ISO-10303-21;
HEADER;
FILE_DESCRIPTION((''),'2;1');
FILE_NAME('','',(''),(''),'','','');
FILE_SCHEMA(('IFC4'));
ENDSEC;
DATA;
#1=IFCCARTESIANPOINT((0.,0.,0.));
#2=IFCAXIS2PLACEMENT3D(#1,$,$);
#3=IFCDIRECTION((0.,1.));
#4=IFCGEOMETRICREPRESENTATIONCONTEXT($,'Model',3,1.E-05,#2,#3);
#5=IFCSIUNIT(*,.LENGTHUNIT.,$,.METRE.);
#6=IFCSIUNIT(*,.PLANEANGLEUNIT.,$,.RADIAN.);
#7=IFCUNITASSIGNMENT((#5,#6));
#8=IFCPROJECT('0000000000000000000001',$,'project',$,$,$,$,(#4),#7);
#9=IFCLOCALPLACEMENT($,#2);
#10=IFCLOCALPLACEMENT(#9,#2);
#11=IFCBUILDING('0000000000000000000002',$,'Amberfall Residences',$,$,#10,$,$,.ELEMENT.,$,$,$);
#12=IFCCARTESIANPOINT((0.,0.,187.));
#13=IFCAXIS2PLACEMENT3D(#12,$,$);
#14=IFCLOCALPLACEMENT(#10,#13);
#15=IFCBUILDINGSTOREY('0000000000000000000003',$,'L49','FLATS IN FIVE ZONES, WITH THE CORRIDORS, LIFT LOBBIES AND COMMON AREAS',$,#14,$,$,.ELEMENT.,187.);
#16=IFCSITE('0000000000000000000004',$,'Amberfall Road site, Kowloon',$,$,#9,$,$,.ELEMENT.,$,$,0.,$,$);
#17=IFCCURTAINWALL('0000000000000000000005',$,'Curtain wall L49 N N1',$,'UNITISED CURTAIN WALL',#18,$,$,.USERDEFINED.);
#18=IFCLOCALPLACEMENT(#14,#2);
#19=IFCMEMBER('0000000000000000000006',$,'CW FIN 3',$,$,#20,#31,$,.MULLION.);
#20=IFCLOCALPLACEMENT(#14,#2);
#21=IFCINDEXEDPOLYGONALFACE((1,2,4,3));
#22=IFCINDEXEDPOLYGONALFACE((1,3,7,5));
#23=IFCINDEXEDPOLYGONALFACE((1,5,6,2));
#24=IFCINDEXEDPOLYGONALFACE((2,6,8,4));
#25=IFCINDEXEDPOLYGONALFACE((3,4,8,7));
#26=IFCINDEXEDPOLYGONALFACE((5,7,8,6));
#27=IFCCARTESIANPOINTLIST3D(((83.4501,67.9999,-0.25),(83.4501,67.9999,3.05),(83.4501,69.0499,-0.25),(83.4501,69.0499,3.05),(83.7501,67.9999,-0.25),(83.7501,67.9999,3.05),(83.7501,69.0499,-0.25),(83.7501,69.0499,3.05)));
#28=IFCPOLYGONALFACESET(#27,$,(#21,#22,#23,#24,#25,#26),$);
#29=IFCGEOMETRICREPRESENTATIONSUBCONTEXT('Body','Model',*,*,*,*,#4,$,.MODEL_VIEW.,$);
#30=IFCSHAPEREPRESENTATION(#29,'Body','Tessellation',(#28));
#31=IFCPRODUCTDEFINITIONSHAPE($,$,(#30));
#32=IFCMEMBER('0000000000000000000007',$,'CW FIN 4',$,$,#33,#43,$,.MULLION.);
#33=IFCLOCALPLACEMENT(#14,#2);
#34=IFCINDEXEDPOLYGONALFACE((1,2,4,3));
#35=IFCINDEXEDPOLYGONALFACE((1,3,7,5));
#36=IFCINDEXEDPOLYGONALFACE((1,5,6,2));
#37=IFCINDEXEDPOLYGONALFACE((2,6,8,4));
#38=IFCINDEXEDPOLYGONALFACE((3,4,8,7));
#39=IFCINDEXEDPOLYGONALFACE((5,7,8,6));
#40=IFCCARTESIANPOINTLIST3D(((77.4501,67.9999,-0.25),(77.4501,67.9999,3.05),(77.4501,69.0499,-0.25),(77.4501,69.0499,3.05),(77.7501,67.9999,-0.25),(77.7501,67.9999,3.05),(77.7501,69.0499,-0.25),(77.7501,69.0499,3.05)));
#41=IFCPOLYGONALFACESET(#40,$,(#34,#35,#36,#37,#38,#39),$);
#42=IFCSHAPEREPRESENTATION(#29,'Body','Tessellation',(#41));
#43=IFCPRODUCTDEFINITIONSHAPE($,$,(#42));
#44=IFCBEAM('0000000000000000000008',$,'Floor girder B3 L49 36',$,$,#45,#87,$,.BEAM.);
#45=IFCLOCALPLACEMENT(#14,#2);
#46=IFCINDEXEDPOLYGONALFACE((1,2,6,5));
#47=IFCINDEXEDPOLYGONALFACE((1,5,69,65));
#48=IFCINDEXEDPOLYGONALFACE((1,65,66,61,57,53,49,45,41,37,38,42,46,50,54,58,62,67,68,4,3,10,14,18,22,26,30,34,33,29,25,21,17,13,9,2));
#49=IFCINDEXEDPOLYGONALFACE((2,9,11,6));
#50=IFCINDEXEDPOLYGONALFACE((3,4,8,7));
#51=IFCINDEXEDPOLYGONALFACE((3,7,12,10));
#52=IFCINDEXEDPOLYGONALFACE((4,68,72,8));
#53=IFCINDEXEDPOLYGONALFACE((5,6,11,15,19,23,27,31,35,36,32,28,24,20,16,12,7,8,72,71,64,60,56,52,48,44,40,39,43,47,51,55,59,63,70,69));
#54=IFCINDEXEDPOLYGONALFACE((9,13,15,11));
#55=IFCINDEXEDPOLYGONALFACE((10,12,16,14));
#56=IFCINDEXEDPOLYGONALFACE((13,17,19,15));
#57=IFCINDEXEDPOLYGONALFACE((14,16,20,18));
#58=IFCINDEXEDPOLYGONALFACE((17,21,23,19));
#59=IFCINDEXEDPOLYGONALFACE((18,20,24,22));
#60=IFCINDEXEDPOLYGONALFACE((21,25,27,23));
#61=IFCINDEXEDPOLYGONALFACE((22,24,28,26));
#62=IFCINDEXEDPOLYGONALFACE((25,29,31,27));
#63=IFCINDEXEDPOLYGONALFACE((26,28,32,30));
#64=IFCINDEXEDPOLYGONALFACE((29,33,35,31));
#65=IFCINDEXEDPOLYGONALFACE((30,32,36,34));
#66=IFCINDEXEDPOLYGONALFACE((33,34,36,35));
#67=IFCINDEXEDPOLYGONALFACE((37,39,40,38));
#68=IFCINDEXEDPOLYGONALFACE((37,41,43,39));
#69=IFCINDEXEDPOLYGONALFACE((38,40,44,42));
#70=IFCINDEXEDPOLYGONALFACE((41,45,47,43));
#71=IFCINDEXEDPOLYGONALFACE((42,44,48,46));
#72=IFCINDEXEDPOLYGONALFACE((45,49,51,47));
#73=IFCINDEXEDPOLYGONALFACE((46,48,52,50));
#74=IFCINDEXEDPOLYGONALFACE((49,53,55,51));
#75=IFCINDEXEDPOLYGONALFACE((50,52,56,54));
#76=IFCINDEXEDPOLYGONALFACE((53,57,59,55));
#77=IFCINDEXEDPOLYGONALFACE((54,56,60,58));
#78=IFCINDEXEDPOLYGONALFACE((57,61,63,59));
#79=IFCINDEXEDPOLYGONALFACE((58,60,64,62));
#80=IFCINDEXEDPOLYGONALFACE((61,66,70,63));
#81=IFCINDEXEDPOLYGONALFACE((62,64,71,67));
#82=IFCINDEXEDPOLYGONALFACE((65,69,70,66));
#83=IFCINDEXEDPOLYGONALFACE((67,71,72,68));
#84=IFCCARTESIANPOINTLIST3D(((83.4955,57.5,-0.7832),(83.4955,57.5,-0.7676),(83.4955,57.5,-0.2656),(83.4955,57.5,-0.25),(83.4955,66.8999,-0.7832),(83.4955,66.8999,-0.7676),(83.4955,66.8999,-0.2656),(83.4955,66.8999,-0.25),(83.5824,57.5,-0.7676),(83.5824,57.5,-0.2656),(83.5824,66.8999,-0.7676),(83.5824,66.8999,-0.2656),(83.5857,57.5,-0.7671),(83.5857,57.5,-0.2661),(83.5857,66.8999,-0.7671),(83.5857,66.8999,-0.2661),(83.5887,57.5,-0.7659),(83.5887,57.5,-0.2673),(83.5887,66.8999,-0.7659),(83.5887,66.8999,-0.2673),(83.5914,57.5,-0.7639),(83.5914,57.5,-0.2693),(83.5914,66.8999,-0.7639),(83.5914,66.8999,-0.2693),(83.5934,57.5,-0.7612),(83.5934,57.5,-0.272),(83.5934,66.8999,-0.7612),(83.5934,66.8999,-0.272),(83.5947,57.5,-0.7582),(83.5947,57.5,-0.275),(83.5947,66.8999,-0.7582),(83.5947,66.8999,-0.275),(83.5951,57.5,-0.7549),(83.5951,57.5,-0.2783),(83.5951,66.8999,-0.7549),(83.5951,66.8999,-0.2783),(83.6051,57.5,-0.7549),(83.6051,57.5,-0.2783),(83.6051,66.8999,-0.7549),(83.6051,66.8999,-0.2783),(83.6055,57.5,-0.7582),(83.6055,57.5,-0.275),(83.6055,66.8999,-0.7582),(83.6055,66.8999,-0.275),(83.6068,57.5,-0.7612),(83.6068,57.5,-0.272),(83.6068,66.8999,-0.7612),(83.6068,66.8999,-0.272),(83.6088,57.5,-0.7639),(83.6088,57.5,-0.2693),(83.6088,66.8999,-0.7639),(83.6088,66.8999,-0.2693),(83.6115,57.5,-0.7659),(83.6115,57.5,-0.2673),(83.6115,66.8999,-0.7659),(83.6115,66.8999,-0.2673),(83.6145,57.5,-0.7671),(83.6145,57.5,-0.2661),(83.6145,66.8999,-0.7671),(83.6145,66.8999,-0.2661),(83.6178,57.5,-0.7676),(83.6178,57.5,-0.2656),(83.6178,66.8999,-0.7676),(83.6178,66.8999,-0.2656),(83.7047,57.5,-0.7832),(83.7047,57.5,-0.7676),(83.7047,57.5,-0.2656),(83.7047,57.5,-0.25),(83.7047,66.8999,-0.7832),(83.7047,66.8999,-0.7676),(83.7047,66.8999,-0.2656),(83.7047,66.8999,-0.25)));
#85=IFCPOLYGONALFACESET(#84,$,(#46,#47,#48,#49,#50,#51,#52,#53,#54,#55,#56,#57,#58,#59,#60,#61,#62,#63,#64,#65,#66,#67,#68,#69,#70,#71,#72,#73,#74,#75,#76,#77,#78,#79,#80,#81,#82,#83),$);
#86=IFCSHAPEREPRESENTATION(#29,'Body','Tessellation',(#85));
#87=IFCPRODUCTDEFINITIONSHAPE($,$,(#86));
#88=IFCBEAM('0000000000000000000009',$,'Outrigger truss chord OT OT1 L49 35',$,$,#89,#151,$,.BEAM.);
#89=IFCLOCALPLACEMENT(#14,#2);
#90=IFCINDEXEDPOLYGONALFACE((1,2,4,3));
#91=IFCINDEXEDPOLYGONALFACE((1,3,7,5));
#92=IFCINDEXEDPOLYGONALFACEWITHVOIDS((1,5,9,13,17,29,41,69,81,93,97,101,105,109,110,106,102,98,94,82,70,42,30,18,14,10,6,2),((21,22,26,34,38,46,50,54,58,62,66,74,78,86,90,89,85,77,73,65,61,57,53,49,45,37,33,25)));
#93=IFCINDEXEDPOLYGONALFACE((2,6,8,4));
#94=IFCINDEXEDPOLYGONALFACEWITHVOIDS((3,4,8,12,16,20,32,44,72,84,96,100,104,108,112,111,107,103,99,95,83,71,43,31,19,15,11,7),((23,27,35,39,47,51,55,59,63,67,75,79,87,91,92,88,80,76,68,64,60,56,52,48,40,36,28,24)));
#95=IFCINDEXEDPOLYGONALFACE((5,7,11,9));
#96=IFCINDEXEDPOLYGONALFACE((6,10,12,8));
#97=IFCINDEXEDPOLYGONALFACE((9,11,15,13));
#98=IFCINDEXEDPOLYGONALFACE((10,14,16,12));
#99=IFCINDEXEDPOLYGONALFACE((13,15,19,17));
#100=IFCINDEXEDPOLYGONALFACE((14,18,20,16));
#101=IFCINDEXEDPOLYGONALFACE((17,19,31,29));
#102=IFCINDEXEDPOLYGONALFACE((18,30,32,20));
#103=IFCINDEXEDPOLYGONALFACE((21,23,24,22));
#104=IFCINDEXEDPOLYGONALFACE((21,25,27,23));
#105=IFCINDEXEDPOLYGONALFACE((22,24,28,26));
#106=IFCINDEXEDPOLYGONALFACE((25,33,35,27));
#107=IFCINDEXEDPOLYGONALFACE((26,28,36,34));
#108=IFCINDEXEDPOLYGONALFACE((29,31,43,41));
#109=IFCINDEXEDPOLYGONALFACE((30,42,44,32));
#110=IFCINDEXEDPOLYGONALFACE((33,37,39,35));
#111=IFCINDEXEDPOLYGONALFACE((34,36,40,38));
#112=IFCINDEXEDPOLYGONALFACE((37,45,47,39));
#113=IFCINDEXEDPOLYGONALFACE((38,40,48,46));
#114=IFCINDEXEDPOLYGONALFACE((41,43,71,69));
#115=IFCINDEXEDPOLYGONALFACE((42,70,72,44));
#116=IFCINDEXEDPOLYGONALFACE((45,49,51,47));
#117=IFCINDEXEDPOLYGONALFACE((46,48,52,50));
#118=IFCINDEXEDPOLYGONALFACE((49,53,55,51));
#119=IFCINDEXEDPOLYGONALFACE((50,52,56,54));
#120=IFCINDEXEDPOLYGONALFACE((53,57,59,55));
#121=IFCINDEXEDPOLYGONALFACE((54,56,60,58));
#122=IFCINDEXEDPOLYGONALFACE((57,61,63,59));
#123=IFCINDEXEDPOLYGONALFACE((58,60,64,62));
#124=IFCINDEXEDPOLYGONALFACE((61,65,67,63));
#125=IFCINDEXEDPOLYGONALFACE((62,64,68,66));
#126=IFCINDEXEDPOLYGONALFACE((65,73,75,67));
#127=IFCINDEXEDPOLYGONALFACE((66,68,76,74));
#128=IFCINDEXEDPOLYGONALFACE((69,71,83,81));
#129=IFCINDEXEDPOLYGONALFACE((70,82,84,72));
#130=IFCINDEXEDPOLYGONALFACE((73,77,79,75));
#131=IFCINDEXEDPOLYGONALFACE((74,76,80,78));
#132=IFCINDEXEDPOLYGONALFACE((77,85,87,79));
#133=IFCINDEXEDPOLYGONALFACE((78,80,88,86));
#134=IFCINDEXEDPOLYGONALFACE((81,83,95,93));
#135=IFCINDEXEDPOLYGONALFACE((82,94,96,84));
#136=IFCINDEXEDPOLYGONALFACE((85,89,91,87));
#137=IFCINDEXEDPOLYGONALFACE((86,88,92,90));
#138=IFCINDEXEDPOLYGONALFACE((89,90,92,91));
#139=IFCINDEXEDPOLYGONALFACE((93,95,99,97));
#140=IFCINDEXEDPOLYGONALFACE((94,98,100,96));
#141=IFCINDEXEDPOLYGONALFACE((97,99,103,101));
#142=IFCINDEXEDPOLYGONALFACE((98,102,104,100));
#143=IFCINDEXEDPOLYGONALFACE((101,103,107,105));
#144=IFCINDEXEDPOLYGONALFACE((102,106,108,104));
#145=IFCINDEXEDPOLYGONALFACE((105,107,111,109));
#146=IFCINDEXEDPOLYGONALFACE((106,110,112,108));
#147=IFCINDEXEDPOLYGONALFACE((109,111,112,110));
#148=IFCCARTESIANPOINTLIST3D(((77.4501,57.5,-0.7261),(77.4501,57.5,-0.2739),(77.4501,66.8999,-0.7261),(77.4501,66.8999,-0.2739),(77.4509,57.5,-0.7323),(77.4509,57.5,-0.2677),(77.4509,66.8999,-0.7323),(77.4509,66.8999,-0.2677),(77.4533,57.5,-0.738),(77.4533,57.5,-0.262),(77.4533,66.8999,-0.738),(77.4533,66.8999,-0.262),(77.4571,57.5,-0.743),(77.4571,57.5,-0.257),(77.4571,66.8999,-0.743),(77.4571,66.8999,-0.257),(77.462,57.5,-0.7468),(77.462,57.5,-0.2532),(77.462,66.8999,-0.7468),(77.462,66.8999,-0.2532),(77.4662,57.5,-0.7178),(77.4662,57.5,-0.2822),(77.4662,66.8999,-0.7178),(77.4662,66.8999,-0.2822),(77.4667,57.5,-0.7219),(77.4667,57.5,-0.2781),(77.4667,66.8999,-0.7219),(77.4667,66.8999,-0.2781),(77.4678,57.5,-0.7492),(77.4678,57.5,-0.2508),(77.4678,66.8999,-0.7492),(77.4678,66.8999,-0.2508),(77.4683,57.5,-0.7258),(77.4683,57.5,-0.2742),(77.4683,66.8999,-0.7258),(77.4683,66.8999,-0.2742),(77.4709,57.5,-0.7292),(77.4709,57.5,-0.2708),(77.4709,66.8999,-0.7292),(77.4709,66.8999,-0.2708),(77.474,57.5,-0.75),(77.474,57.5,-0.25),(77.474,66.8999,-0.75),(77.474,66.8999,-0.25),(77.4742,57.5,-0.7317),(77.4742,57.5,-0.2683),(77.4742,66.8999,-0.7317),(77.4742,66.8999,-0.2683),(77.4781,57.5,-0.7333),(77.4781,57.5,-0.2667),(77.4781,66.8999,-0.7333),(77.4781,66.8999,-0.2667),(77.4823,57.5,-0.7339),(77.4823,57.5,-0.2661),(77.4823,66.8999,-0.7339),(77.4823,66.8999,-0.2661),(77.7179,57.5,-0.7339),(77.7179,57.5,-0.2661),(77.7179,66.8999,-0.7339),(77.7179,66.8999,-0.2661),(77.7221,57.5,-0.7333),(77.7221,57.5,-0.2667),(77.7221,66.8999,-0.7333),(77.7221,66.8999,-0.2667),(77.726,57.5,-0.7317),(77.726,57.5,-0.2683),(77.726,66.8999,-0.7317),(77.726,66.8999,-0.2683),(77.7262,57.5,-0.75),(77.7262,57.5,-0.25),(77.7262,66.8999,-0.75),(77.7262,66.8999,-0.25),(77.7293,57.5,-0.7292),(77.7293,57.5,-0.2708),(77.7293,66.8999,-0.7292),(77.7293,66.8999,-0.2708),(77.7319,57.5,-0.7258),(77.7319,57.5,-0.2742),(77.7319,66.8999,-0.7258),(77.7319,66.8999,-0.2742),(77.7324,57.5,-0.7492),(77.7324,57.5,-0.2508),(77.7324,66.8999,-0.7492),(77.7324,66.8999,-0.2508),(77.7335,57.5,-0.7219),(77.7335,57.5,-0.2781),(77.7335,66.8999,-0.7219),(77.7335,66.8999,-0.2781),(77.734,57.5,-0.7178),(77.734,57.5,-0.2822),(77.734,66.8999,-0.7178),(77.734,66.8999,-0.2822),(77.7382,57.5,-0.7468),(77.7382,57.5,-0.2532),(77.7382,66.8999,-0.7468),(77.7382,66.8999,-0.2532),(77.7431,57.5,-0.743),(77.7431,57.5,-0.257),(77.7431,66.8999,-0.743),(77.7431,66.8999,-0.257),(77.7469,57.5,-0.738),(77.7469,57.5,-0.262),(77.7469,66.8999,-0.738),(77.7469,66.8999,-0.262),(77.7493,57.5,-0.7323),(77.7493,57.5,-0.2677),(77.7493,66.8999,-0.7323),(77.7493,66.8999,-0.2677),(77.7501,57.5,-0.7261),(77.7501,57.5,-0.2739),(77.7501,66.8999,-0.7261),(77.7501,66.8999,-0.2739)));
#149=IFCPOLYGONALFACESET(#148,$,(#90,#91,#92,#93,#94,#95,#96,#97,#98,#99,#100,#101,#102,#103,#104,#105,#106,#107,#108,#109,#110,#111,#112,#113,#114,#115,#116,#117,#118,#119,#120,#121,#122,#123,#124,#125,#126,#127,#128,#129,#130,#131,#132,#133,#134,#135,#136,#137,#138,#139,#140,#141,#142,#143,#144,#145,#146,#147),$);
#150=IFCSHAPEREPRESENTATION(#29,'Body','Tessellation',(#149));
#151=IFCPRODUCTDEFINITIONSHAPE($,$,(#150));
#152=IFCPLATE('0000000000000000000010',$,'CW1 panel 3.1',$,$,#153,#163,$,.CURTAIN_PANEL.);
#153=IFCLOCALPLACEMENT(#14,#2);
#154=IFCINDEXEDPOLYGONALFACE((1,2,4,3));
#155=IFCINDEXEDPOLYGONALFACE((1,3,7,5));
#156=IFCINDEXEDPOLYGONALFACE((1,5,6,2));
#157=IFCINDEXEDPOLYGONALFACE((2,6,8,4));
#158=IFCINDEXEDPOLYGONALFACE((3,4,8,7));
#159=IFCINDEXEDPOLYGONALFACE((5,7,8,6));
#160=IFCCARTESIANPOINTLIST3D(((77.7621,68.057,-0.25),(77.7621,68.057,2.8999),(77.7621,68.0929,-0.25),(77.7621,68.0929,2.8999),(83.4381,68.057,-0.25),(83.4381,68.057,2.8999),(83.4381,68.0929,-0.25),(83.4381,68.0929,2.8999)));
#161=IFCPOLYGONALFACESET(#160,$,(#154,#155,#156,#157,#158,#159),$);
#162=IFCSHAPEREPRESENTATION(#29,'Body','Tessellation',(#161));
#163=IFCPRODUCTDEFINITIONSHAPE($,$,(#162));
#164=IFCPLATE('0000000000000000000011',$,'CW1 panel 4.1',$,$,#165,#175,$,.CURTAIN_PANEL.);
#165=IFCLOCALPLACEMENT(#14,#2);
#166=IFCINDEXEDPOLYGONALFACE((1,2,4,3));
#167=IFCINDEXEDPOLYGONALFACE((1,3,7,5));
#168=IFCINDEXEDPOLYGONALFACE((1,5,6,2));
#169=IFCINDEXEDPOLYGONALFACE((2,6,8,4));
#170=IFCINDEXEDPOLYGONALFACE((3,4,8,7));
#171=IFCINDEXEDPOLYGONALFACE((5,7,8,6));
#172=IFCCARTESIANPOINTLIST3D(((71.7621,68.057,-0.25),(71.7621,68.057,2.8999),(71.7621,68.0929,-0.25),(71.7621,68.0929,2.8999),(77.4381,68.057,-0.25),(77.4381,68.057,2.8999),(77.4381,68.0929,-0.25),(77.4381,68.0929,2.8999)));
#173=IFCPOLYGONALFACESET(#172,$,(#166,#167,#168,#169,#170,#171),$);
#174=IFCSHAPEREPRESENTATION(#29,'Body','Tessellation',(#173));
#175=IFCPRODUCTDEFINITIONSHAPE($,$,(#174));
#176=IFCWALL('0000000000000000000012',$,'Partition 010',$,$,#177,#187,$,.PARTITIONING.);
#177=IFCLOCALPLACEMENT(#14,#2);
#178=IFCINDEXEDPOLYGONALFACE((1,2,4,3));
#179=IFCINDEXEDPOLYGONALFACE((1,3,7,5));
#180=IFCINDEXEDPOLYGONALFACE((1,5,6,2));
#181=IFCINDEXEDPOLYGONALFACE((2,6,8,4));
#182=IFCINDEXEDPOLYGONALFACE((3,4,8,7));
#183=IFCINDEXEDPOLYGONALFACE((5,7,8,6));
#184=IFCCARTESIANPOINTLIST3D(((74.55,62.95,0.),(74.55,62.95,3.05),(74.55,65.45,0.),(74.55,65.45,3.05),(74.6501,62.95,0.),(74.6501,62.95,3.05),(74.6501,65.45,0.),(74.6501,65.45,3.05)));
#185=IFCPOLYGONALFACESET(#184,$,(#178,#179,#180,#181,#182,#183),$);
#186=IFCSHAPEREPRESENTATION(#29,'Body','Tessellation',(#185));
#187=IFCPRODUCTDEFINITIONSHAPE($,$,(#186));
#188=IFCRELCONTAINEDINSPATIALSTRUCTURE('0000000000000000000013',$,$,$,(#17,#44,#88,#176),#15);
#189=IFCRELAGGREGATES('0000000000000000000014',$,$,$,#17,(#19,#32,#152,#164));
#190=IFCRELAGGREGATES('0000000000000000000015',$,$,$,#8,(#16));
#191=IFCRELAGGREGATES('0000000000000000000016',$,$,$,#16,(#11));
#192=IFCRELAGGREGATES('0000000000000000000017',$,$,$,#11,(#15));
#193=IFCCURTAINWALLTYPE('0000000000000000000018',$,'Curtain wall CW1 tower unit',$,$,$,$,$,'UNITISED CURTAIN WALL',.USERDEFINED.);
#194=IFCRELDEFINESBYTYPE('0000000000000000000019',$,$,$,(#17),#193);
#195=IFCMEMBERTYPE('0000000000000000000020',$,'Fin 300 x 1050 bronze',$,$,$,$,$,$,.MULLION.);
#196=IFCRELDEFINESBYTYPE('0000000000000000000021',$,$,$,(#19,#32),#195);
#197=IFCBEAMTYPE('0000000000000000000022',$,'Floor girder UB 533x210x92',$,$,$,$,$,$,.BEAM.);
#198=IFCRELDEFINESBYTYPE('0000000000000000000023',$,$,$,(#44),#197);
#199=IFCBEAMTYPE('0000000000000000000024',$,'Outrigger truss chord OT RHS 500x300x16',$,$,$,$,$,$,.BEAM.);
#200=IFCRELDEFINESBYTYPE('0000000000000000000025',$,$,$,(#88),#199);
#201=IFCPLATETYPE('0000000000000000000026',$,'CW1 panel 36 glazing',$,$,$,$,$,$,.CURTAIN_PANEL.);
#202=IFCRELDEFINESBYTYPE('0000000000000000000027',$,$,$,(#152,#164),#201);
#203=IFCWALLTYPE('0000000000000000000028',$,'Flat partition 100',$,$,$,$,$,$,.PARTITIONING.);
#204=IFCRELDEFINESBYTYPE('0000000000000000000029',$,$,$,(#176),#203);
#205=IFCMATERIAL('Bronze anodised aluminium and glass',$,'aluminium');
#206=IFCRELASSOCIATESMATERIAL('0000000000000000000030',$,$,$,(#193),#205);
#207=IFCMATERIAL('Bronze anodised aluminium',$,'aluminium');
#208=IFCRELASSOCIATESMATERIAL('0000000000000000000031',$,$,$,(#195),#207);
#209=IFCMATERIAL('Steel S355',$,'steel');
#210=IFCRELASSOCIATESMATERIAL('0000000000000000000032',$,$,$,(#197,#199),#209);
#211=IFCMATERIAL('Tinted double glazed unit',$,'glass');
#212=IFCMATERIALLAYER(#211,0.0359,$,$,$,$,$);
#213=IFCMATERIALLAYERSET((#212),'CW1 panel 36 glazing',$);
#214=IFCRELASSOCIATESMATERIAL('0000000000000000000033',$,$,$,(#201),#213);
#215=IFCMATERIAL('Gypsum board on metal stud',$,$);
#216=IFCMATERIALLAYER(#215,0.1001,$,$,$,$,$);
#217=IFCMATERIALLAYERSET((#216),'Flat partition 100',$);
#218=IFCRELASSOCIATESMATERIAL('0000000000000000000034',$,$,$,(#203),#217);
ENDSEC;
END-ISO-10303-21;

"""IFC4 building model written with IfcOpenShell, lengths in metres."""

from ifc_helpers import new_model, si_unit, direction, frame, frame_2d, origin, origin_2d, place, context, subcontext, project, spatial, rectangle, hollow_rectangle, i_section, extrude, material, layer, layer_set, material_profile, profile_set, type_object, element, aggregate, save


model = new_model("IFC4")

# Units and contexts
model_context = context("Model", 3, precision=1e-05, world=origin(), true_north=direction((0.0, 1.0)))
body_context = subcontext(model_context, "Body", "Model", "MODEL_VIEW")
ifc_project = project(units=[si_unit("LENGTHUNIT", "METRE"), si_unit("PLANEANGLEUNIT", "RADIAN")], contexts=[model_context])

# Site, building, storey
site_placement = place(None, origin())
site = spatial("IfcSite", under=ifc_project, at=site_placement, Name="Amberfall Road site, Kowloon", CompositionType="ELEMENT", RefElevation=0.0)
building_placement = place(site_placement, origin())
building = spatial("IfcBuilding", under=site, at=building_placement, Name="Amberfall Residences", CompositionType="ELEMENT")
storey_placement = place(building_placement, frame((0.0, 0.0, 187.0)))
storey = spatial("IfcBuildingStorey", under=building, at=storey_placement, Name="L49", Description="FLATS IN FIVE ZONES, WITH THE CORRIDORS, LIFT LOBBIES AND COMMON AREAS", CompositionType="ELEMENT", Elevation=187.0)

# Shared definitions
ifc_material_1 = material(Name="Steel S355", Category="steel")

# Curtain wall, members
ifc_material_2 = material(Name="Bronze anodised aluminium and glass", Category="aluminium")
curtain_wall_type = type_object("IfcCurtainWallType", Name="Curtain wall CW1 tower unit", ElementType="UNITISED CURTAIN WALL", PredefinedType="USERDEFINED", material=ifc_material_2)
curtain_wall_placement = place(storey_placement, origin())
curtain_wall = element("IfcCurtainWall", 1, at=curtain_wall_placement, inside=storey, type_object=curtain_wall_type, Name="Curtain wall L49 N N1", ObjectType="UNITISED CURTAIN WALL", PredefinedType="USERDEFINED")
ifc_material_3 = material(Name="Bronze anodised aluminium", Category="aluminium")
ifc_material_profile_1 = material_profile(ifc_material_3, rectangle(XDim=1.05, YDim=0.3, at=origin_2d()), Name="Fin 300 x 1050 bronze")
ifc_profile_set_1 = profile_set([ifc_material_profile_1], Name="Bronze anodised aluminium")
member_type_1 = type_object("IfcMemberType", Name="Fin 300 x 1050 bronze", PredefinedType="MULLION", material=ifc_profile_set_1)
member_1_placement = place(storey_placement, frame((83.6001, 68.5249, -0.25), z_axis=(0.0, 0.0, 1.0), x_axis=(0.0, -1.0, 0.0)))
member_1 = element("IfcMember", 2, at=member_1_placement, type_object=member_type_1, Name="CW FIN 3", PredefinedType="MULLION", context=body_context, shape_type="SweptSolid", body=[
    extrude(rectangle(XDim=1.05, YDim=0.3, at=origin_2d()), origin(), (0.0, 0.0, 1.0), 3.3),
])
member_2_placement = place(storey_placement, frame((77.6001, 68.5249, -0.25), z_axis=(0.0, 0.0, 1.0), x_axis=(0.0, -1.0, 0.0)))
member_2 = element("IfcMember", 3, at=member_2_placement, type_object=member_type_1, Name="CW FIN 4", PredefinedType="MULLION", context=body_context, shape_type="SweptSolid", body=[
    extrude(rectangle(XDim=1.05, YDim=0.3, at=origin_2d()), origin(), (0.0, 0.0, 1.0), 3.3),
])

# Beams
ifc_material_profile_2 = material_profile(ifc_material_1, i_section(OverallWidth=0.2092, OverallDepth=0.5332, WebThickness=0.01, FlangeThickness=0.0156, FilletRadius=0.0127, at=origin_2d()), Name="UB 533x210x92")
ifc_profile_set_2 = profile_set([ifc_material_profile_2], Name="Steel S355")
beam_type_1 = type_object("IfcBeamType", Name="Floor girder UB 533x210x92", PredefinedType="BEAM", material=ifc_profile_set_2)
beam_1_placement = place(storey_placement, frame((83.6001, 66.8999, -0.5166), z_axis=(0.0, -1.0, 0.0), x_axis=(1.0, 0.0, 0.0)))
element("IfcBeam", 4, at=beam_1_placement, inside=storey, type_object=beam_type_1, Name="Floor girder B3 L49 36", PredefinedType="BEAM", context=body_context, shape_type="SweptSolid", body=[
    extrude(i_section(OverallWidth=0.2092, OverallDepth=0.5332, WebThickness=0.01, FlangeThickness=0.0156, FilletRadius=0.0127, at=origin_2d()), origin(), (0.0, 0.0, 1.0), 9.3999),
])
ifc_material_profile_3 = material_profile(ifc_material_1, hollow_rectangle(XDim=0.3, YDim=0.5, WallThickness=0.0161, InnerFilletRadius=0.0161, OuterFilletRadius=0.0239, at=origin_2d()), Name="RHS 500x300x16")
ifc_profile_set_3 = profile_set([ifc_material_profile_3], Name="Steel S355")
beam_type_2 = type_object("IfcBeamType", Name="Outrigger truss chord OT RHS 500x300x16", PredefinedType="BEAM", material=ifc_profile_set_3)
beam_2_placement = place(storey_placement, frame((77.6001, 66.8999, -0.5), z_axis=(0.0, -1.0, 0.0), x_axis=(1.0, 0.0, 0.0)))
element("IfcBeam", 5, at=beam_2_placement, inside=storey, type_object=beam_type_2, Name="Outrigger truss chord OT OT1 L49 35", PredefinedType="BEAM", context=body_context, shape_type="SweptSolid", body=[
    extrude(hollow_rectangle(XDim=0.3, YDim=0.5, WallThickness=0.0161, InnerFilletRadius=0.0161, OuterFilletRadius=0.0239, at=origin_2d()), origin(), (0.0, 0.0, 1.0), 9.3999),
])

# Plates
ifc_material_4 = material(Name="Tinted double glazed unit", Category="glass")
ifc_layer_1 = layer(ifc_material_4, 0.0359)
ifc_layer_set_1 = layer_set([ifc_layer_1], Name="CW1 panel 36 glazing")
plate_type = type_object("IfcPlateType", Name="CW1 panel 36 glazing", PredefinedType="CURTAIN_PANEL", material=ifc_layer_set_1)
plate_1_placement = place(storey_placement, frame((80.6001, 68.075, -0.25), z_axis=(0.0, 0.0, 1.0), x_axis=(-1.0, 0.0, 0.0)))
plate_1 = element("IfcPlate", 6, at=plate_1_placement, type_object=plate_type, Name="CW1 panel 3.1", PredefinedType="CURTAIN_PANEL", context=body_context, shape_type="SweptSolid", body=[
    extrude(rectangle(XDim=5.676, YDim=0.0359, at=origin_2d()), origin(), (0.0, 0.0, 1.0), 3.1499),
])
plate_2_placement = place(storey_placement, frame((74.6001, 68.075, -0.25), z_axis=(0.0, 0.0, 1.0), x_axis=(-1.0, 0.0, 0.0)))
plate_2 = element("IfcPlate", 7, at=plate_2_placement, type_object=plate_type, Name="CW1 panel 4.1", PredefinedType="CURTAIN_PANEL", context=body_context, shape_type="SweptSolid", body=[
    extrude(rectangle(XDim=5.676, YDim=0.0359, at=origin_2d()), origin(), (0.0, 0.0, 1.0), 3.1499),
])
aggregate(curtain_wall, [member_1, member_2, plate_1, plate_2])

# Wall
ifc_material_5 = material(Name="Gypsum board on metal stud")
ifc_layer_2 = layer(ifc_material_5, 0.1001)
ifc_layer_set_2 = layer_set([ifc_layer_2], Name="Flat partition 100")
wall_type_1 = type_object("IfcWallType", Name="Flat partition 100", PredefinedType="PARTITIONING", material=ifc_layer_set_2)
wall_1_placement = place(storey_placement, frame((74.6001, 62.95, 0.0), z_axis=(0.0, 0.0, 1.0), x_axis=(0.0, 1.0, 0.0)))
element("IfcWall", 8, at=wall_1_placement, inside=storey, type_object=wall_type_1, Name="Partition 010", PredefinedType="PARTITIONING", context=body_context, shape_type="SweptSolid", body=[
    extrude(rectangle(XDim=2.5, YDim=0.1001, at=frame_2d((1.25, 0.0))), origin(), (0.0, 0.0, 1.0), 3.05),
])

save(model, "model.ifc")
